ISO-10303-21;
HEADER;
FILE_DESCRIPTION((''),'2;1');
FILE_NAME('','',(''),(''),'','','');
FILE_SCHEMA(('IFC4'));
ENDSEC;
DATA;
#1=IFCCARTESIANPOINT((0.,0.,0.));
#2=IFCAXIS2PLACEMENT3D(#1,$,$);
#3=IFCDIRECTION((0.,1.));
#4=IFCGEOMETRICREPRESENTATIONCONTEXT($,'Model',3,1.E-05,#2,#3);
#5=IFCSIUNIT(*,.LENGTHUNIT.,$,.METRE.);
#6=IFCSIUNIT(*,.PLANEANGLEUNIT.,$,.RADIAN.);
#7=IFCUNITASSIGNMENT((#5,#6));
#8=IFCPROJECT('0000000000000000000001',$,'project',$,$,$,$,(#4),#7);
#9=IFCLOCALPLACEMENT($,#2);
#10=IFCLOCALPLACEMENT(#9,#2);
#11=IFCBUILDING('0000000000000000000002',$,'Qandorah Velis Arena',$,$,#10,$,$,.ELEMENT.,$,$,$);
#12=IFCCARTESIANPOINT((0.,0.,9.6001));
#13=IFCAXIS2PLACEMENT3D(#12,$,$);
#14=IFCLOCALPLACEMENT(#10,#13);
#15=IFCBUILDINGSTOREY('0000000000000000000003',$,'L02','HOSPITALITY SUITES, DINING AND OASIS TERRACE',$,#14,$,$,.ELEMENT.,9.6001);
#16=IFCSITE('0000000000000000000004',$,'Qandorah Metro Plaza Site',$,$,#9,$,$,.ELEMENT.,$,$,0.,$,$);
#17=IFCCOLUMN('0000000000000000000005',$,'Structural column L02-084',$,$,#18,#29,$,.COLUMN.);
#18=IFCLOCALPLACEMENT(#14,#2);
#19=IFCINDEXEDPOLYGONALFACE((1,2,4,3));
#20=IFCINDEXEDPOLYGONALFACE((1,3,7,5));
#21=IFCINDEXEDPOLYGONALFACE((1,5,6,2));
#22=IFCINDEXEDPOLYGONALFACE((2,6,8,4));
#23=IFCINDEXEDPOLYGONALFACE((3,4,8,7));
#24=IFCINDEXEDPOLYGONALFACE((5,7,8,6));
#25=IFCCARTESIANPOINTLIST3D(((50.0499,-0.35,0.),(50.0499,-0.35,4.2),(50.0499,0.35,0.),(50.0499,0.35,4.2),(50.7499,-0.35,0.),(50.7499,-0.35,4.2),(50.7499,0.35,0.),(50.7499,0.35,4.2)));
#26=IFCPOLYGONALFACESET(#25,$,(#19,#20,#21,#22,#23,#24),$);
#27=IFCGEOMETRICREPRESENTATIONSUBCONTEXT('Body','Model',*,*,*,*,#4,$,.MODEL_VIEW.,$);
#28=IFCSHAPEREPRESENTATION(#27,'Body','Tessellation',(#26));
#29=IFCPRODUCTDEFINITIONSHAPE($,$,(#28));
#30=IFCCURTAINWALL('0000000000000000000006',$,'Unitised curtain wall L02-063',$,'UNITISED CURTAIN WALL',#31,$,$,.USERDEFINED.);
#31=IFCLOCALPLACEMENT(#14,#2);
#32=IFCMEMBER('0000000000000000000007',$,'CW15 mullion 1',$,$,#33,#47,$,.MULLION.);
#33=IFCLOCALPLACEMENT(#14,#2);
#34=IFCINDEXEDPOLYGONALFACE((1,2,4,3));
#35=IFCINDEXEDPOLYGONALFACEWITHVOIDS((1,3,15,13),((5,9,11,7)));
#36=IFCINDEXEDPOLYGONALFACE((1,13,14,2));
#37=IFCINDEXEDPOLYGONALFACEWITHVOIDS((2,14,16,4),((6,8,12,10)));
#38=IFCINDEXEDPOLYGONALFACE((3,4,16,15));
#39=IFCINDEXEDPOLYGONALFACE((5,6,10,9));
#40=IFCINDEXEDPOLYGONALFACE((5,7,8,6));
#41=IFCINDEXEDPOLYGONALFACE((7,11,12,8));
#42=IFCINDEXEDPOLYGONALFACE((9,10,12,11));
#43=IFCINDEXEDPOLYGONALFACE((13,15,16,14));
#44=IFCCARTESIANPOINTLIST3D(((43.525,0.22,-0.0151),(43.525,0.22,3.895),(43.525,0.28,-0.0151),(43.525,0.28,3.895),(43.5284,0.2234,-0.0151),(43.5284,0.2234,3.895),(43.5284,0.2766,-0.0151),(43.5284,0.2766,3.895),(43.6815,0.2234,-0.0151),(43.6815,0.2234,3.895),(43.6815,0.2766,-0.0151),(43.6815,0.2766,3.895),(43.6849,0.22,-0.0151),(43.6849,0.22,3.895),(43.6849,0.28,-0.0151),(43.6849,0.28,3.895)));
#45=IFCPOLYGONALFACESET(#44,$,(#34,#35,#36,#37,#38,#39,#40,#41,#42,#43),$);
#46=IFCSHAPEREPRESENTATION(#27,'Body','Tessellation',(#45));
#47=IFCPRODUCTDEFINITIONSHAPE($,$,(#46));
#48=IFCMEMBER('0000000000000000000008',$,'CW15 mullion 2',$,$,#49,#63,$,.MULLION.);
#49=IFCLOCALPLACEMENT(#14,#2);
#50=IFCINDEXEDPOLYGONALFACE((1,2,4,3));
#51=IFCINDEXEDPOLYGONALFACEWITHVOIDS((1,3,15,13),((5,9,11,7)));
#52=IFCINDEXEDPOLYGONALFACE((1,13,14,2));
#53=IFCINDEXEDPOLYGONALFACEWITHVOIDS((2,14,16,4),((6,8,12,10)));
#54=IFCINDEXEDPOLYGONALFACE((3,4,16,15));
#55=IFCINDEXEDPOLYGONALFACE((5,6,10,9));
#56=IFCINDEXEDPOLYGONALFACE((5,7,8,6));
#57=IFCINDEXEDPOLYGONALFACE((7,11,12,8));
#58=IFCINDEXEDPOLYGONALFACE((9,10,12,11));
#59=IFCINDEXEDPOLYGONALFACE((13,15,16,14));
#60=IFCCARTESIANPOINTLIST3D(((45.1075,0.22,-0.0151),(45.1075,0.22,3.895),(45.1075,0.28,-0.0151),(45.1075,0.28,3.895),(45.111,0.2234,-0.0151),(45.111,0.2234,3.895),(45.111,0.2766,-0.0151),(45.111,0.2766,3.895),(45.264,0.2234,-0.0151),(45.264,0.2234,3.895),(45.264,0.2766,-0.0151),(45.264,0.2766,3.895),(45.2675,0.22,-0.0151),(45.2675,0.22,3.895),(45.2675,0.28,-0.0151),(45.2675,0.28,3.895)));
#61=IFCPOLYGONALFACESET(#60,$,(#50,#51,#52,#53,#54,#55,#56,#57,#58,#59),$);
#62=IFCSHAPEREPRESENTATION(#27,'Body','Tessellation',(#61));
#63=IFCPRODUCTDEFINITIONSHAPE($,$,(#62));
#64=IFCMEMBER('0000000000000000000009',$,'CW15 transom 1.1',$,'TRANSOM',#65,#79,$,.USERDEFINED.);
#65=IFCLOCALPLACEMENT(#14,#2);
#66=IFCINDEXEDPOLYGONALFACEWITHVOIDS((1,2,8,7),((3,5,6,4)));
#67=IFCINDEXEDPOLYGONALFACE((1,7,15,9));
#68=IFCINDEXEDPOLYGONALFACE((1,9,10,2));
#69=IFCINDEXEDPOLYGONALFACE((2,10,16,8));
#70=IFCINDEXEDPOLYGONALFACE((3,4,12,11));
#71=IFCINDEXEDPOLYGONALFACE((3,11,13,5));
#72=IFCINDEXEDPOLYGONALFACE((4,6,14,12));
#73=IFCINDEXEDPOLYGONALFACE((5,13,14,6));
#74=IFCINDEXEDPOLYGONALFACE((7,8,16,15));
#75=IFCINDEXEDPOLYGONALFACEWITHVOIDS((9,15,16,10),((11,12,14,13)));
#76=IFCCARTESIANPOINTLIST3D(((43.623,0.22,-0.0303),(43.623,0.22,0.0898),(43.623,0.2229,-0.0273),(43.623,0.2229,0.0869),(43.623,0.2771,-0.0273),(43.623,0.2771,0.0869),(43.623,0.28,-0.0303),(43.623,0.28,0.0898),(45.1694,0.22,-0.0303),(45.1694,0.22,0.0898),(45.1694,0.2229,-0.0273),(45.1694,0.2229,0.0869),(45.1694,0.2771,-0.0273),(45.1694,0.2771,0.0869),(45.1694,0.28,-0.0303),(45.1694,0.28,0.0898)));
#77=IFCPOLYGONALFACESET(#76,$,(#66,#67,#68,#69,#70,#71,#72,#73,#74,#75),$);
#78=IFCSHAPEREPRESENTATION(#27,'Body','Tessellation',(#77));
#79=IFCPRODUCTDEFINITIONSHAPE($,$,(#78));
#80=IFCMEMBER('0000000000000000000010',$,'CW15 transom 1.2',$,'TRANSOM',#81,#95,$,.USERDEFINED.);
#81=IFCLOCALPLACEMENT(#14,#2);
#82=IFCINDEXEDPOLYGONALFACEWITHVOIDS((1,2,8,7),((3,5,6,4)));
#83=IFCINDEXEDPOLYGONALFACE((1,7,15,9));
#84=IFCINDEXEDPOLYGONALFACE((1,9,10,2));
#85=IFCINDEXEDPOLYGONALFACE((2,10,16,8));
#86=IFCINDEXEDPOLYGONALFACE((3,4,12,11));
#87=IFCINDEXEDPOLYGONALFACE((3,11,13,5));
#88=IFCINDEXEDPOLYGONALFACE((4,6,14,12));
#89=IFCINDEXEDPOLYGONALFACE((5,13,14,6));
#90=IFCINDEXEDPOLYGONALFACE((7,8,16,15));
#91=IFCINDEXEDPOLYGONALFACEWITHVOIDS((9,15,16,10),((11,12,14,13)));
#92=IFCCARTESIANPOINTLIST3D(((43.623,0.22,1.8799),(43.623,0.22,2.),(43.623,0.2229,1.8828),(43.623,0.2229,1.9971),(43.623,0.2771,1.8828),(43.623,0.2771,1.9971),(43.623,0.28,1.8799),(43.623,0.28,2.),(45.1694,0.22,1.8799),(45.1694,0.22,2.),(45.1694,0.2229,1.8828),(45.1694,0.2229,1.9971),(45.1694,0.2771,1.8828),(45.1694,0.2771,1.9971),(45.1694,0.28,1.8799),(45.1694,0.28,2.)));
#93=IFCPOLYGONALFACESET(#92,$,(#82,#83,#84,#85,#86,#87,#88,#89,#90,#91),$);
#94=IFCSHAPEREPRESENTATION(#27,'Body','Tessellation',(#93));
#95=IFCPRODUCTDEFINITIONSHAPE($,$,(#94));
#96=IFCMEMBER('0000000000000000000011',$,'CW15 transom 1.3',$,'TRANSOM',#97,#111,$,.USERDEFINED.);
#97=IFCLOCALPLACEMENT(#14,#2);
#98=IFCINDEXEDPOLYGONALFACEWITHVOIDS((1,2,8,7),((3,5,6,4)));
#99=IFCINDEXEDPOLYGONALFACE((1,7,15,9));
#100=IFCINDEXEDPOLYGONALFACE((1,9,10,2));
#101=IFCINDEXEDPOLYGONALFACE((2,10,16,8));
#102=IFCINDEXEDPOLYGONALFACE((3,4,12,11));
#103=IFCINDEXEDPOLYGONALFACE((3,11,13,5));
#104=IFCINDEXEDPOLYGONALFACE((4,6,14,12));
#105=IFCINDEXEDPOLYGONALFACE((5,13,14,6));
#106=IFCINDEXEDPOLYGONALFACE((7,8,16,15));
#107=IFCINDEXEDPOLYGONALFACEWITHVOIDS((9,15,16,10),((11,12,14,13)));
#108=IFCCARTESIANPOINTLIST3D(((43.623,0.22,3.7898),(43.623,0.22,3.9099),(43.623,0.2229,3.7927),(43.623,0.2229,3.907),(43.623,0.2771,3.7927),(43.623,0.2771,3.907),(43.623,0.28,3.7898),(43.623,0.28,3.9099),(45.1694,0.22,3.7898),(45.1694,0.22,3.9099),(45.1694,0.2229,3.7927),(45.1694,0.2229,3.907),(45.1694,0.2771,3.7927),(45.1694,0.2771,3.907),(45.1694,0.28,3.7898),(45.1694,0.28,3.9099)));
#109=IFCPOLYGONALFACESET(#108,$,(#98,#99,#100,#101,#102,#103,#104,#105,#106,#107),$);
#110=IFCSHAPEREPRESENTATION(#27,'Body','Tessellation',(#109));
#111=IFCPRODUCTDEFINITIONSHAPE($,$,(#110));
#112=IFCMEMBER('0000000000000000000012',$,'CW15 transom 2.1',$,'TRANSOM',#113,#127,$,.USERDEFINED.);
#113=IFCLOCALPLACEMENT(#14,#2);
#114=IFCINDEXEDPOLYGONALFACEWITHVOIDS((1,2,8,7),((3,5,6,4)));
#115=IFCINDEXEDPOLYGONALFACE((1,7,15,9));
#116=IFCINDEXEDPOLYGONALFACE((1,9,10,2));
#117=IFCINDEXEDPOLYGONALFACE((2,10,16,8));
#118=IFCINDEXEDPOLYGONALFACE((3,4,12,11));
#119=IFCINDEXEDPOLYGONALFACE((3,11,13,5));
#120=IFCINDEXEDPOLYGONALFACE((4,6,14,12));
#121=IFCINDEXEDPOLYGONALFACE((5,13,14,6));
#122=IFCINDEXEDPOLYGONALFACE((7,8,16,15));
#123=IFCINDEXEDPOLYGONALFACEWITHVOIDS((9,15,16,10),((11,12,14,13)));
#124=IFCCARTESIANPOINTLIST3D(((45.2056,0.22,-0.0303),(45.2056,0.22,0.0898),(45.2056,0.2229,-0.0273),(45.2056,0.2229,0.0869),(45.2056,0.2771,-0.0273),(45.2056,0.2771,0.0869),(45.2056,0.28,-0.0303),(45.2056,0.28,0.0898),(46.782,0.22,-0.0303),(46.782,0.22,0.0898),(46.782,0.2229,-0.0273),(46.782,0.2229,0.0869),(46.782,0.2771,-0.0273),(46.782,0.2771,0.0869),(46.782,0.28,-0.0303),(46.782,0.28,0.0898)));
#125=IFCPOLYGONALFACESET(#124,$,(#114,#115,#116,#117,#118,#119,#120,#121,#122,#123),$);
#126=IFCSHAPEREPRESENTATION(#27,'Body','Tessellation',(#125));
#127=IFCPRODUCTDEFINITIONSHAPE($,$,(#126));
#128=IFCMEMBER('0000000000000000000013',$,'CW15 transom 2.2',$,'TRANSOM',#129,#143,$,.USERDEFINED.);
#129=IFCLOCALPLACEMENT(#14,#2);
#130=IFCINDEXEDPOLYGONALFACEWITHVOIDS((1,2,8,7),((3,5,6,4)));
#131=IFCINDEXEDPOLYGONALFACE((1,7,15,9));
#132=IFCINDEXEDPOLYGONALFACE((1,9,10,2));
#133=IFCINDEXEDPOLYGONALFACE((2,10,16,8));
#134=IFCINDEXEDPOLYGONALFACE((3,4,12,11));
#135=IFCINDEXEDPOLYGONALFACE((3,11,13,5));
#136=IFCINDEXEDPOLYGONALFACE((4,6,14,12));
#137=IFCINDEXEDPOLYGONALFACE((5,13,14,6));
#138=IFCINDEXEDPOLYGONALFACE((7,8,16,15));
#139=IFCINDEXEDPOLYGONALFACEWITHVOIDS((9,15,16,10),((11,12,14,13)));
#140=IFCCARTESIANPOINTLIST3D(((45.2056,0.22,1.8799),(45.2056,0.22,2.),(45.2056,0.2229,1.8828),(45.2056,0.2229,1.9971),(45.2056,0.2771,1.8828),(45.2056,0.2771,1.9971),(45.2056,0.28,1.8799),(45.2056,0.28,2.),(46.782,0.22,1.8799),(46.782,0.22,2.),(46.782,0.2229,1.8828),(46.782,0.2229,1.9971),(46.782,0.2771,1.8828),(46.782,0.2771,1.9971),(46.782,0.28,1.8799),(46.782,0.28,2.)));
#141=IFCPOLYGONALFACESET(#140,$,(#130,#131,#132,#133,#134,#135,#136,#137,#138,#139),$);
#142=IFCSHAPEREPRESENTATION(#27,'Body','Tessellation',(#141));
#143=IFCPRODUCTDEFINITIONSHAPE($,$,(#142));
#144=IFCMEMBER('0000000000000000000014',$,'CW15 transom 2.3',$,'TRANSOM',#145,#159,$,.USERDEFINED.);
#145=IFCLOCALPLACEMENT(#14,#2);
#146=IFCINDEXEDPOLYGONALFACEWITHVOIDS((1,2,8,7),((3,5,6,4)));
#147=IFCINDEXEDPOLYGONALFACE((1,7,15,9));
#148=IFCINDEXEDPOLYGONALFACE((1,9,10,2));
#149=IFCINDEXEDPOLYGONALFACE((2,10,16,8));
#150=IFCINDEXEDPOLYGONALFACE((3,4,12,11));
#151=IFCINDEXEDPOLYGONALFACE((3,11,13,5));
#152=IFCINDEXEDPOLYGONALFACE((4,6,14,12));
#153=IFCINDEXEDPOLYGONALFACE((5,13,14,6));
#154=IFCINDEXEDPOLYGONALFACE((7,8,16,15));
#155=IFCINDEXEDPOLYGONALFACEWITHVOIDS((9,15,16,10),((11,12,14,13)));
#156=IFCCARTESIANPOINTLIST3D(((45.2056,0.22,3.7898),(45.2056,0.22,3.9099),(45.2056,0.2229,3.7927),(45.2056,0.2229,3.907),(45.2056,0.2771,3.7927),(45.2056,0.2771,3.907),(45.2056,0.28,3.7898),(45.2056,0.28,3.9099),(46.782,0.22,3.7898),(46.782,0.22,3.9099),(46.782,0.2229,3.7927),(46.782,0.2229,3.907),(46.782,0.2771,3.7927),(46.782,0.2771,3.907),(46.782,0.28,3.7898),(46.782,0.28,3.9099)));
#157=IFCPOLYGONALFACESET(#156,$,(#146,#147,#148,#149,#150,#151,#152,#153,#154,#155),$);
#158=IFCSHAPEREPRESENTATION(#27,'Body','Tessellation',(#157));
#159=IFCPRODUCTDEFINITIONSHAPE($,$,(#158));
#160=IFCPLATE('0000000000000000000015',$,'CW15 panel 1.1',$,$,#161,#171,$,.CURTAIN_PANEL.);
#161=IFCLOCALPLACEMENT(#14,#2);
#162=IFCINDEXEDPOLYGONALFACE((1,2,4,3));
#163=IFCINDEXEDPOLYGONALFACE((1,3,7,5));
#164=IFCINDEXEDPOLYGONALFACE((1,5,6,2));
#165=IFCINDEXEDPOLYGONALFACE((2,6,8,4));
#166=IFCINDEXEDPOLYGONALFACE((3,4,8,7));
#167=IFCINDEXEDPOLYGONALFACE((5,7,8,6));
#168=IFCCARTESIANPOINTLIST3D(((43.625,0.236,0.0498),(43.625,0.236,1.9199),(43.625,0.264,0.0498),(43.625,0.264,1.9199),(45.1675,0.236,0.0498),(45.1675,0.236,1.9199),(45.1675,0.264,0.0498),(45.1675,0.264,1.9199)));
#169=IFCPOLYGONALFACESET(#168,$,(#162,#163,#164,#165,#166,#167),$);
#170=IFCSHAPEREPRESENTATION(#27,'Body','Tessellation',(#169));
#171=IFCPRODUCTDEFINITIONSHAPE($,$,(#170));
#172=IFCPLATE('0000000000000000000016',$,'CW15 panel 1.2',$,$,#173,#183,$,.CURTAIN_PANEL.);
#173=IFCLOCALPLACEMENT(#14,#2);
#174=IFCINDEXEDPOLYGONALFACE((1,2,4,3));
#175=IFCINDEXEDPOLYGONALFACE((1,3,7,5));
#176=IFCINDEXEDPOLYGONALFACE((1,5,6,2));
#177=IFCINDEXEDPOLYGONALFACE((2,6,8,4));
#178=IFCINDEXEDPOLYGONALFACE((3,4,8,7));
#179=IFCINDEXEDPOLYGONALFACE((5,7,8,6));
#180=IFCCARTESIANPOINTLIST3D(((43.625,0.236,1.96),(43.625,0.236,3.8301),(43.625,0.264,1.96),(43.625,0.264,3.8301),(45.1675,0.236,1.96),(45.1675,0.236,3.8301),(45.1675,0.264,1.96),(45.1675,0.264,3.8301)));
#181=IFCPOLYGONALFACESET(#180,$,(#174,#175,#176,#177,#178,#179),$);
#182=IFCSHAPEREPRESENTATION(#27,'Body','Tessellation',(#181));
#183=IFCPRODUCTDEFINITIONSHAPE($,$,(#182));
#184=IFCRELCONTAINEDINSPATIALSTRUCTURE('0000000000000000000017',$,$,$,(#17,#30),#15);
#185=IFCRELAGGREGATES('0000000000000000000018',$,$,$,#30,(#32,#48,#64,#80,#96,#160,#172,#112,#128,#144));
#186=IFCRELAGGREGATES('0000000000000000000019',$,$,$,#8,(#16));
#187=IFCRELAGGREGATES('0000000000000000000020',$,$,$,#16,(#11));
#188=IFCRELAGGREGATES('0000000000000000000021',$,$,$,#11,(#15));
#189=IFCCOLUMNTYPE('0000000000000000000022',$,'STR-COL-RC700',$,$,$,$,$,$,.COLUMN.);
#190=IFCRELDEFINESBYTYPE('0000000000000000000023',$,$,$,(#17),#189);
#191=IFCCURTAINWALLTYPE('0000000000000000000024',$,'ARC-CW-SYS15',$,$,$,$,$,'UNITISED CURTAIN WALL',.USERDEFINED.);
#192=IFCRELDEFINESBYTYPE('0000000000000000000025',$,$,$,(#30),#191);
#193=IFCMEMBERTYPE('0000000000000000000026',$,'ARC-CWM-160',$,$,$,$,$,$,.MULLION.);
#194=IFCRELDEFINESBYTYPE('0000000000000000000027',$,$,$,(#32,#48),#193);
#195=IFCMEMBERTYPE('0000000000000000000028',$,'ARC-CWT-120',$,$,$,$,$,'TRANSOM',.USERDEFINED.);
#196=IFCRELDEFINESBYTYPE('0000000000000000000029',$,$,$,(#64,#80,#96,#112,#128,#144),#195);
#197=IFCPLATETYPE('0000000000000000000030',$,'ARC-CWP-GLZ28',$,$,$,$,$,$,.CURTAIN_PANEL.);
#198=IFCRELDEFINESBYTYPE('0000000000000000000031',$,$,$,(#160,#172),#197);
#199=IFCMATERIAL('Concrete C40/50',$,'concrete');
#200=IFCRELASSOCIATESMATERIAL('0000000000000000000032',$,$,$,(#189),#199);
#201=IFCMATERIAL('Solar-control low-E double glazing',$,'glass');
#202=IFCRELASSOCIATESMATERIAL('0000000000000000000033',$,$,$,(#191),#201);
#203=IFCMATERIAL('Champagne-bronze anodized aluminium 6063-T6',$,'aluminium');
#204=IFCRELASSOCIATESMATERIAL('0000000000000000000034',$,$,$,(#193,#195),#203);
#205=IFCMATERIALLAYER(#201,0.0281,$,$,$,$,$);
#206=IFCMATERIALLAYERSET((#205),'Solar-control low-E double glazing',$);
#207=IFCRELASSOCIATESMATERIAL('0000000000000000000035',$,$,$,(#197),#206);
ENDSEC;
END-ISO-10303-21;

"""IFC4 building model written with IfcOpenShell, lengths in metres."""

from ifc_helpers import new_model, si_unit, direction, frame, origin, origin_2d, place, context, subcontext, project, spatial, rectangle, hollow_rectangle, extrude, material, layer, layer_set, material_profile, profile_set, type_object, element, aggregate, save


model = new_model("IFC4")

# Units and contexts
model_context = context("Model", 3, precision=1e-05, world=origin(), true_north=direction((0.0, 1.0)))
body_context = subcontext(model_context, "Body", "Model", "MODEL_VIEW")
ifc_project = project(units=[si_unit("LENGTHUNIT", "METRE"), si_unit("PLANEANGLEUNIT", "RADIAN")], contexts=[model_context])

# Site, building, storey
site_placement = place(None, origin())
site = spatial("IfcSite", under=ifc_project, at=site_placement, Name="Qandorah Metro Plaza Site", CompositionType="ELEMENT", RefElevation=0.0)
building_placement = place(site_placement, origin())
building = spatial("IfcBuilding", under=site, at=building_placement, Name="Qandorah Velis Arena", CompositionType="ELEMENT")
storey_placement = place(building_placement, frame((0.0, 0.0, 9.6001)))
storey = spatial("IfcBuildingStorey", under=building, at=storey_placement, Name="L02", Description="HOSPITALITY SUITES, DINING AND OASIS TERRACE", CompositionType="ELEMENT", Elevation=9.6001)

# Column
ifc_material_1 = material(Name="Concrete C40/50", Category="concrete")
ifc_material_profile_1 = material_profile(ifc_material_1, rectangle(XDim=0.7, YDim=0.7, at=origin_2d()), Name="RC COL 700x700")
ifc_profile_set_1 = profile_set([ifc_material_profile_1], Name="Concrete C40/50")
column_type = type_object("IfcColumnType", Name="STR-COL-RC700", PredefinedType="COLUMN", material=ifc_profile_set_1)
column_placement = place(storey_placement, frame((50.3999, 0.0, 0.0), z_axis=(0.0, 0.0, 1.0), x_axis=(1.0, 0.0, 0.0)))
element("IfcColumn", 1, at=column_placement, inside=storey, type_object=column_type, Name="Structural column L02-084", PredefinedType="COLUMN", context=body_context, shape_type="SweptSolid", body=[
    extrude(rectangle(XDim=0.7, YDim=0.7, at=origin_2d()), origin(), (0.0, 0.0, 1.0), 4.2),
])

# Curtain wall, members, plates
ifc_material_2 = material(Name="Solar-control low-E double glazing", Category="glass")
curtain_wall_type = type_object("IfcCurtainWallType", Name="ARC-CW-SYS15", ElementType="UNITISED CURTAIN WALL", PredefinedType="USERDEFINED", material=ifc_material_2)
curtain_wall_placement = place(storey_placement, origin())
curtain_wall = element("IfcCurtainWall", 2, at=curtain_wall_placement, inside=storey, type_object=curtain_wall_type, Name="Unitised curtain wall L02-063", ObjectType="UNITISED CURTAIN WALL", PredefinedType="USERDEFINED")
ifc_material_3 = material(Name="Champagne-bronze anodized aluminium 6063-T6", Category="aluminium")
ifc_material_profile_2 = material_profile(ifc_material_3, hollow_rectangle(XDim=0.0601, YDim=0.1599, WallThickness=0.0034, at=origin_2d()), Name="ALU MULLION 60x160")
ifc_profile_set_2 = profile_set([ifc_material_profile_2], Name="Champagne-bronze anodized aluminium 6063-T6")
member_type_1 = type_object("IfcMemberType", Name="ARC-CWM-160", PredefinedType="MULLION", material=ifc_profile_set_2)
member_1_placement = place(storey_placement, frame((43.605, 0.25, -0.0151), z_axis=(0.0, 0.0, 1.0), x_axis=(0.0, 1.0, 0.0)))
member_1 = element("IfcMember", 3, at=member_1_placement, type_object=member_type_1, Name="CW15 mullion 1", PredefinedType="MULLION", context=body_context, shape_type="SweptSolid", body=[
    extrude(hollow_rectangle(XDim=0.0601, YDim=0.1599, WallThickness=0.0034, at=origin_2d()), origin(), (0.0, 0.0, 1.0), 3.9102),
])
member_2_placement = place(storey_placement, frame((45.1875, 0.25, -0.0151), z_axis=(0.0, 0.0, 1.0), x_axis=(0.0, 1.0, 0.0)))
member_2 = element("IfcMember", 4, at=member_2_placement, type_object=member_type_1, Name="CW15 mullion 2", PredefinedType="MULLION", context=body_context, shape_type="SweptSolid", body=[
    extrude(hollow_rectangle(XDim=0.0601, YDim=0.1599, WallThickness=0.0034, at=origin_2d()), origin(), (0.0, 0.0, 1.0), 3.9102),
])
ifc_material_profile_3 = material_profile(ifc_material_3, hollow_rectangle(XDim=0.0601, YDim=0.1201, WallThickness=0.0029, at=origin_2d()), Name="ALU TRANSOM 60x120")
ifc_profile_set_3 = profile_set([ifc_material_profile_3], Name="Champagne-bronze anodized aluminium 6063-T6")
member_type_2 = type_object("IfcMemberType", Name="ARC-CWT-120", ElementType="TRANSOM", PredefinedType="USERDEFINED", material=ifc_profile_set_3)
member_3_placement = place(storey_placement, frame((43.623, 0.25, 0.0298), z_axis=(1.0, 0.0, 0.0), x_axis=(0.0, 1.0, 0.0)))
member_3 = element("IfcMember", 5, at=member_3_placement, type_object=member_type_2, Name="CW15 transom 1.1", ObjectType="TRANSOM", PredefinedType="USERDEFINED", context=body_context, shape_type="SweptSolid", body=[
    extrude(hollow_rectangle(XDim=0.0601, YDim=0.1201, WallThickness=0.0029, at=origin_2d()), origin(), (0.0, 0.0, 1.0), 1.5464),
])
member_4_placement = place(storey_placement, frame((43.623, 0.25, 1.9399), z_axis=(1.0, 0.0, 0.0), x_axis=(0.0, 1.0, 0.0)))
member_4 = element("IfcMember", 6, at=member_4_placement, type_object=member_type_2, Name="CW15 transom 1.2", ObjectType="TRANSOM", PredefinedType="USERDEFINED", context=body_context, shape_type="SweptSolid", body=[
    extrude(hollow_rectangle(XDim=0.0601, YDim=0.1201, WallThickness=0.0029, at=origin_2d()), origin(), (0.0, 0.0, 1.0), 1.5464),
])
member_5_placement = place(storey_placement, frame((43.623, 0.25, 3.8499), z_axis=(1.0, 0.0, 0.0), x_axis=(0.0, 1.0, 0.0)))
member_5 = element("IfcMember", 7, at=member_5_placement, type_object=member_type_2, Name="CW15 transom 1.3", ObjectType="TRANSOM", PredefinedType="USERDEFINED", context=body_context, shape_type="SweptSolid", body=[
    extrude(hollow_rectangle(XDim=0.0601, YDim=0.1201, WallThickness=0.0029, at=origin_2d()), origin(), (0.0, 0.0, 1.0), 1.5464),
])
member_6_placement = place(storey_placement, frame((45.2056, 0.25, 0.0298), z_axis=(1.0, 0.0, 0.0), x_axis=(0.0, 1.0, 0.0)))
member_6 = element("IfcMember", 8, at=member_6_placement, type_object=member_type_2, Name="CW15 transom 2.1", ObjectType="TRANSOM", PredefinedType="USERDEFINED", context=body_context, shape_type="SweptSolid", body=[
    extrude(hollow_rectangle(XDim=0.0601, YDim=0.1201, WallThickness=0.0029, at=origin_2d()), origin(), (0.0, 0.0, 1.0), 1.5764),
])
member_7_placement = place(storey_placement, frame((45.2056, 0.25, 1.9399), z_axis=(1.0, 0.0, 0.0), x_axis=(0.0, 1.0, 0.0)))
member_7 = element("IfcMember", 9, at=member_7_placement, type_object=member_type_2, Name="CW15 transom 2.2", ObjectType="TRANSOM", PredefinedType="USERDEFINED", context=body_context, shape_type="SweptSolid", body=[
    extrude(hollow_rectangle(XDim=0.0601, YDim=0.1201, WallThickness=0.0029, at=origin_2d()), origin(), (0.0, 0.0, 1.0), 1.5764),
])
member_8_placement = place(storey_placement, frame((45.2056, 0.25, 3.8499), z_axis=(1.0, 0.0, 0.0), x_axis=(0.0, 1.0, 0.0)))
member_8 = element("IfcMember", 10, at=member_8_placement, type_object=member_type_2, Name="CW15 transom 2.3", ObjectType="TRANSOM", PredefinedType="USERDEFINED", context=body_context, shape_type="SweptSolid", body=[
    extrude(hollow_rectangle(XDim=0.0601, YDim=0.1201, WallThickness=0.0029, at=origin_2d()), origin(), (0.0, 0.0, 1.0), 1.5764),
])
ifc_layer_1 = layer(ifc_material_2, 0.0281)
ifc_layer_set_1 = layer_set([ifc_layer_1], Name="Solar-control low-E double glazing")
plate_type = type_object("IfcPlateType", Name="ARC-CWP-GLZ28", PredefinedType="CURTAIN_PANEL", material=ifc_layer_set_1)
plate_1_placement = place(storey_placement, frame((44.3962, 0.25, 0.0498), z_axis=(0.0, 0.0, 1.0), x_axis=(1.0, 0.0, 0.0)))
plate_1 = element("IfcPlate", 11, at=plate_1_placement, type_object=plate_type, Name="CW15 panel 1.1", PredefinedType="CURTAIN_PANEL", context=body_context, shape_type="SweptSolid", body=[
    extrude(rectangle(XDim=1.5425, YDim=0.0281, at=origin_2d()), origin(), (0.0, 0.0, 1.0), 1.8701),
])
plate_2_placement = place(storey_placement, frame((44.3962, 0.25, 1.96), z_axis=(0.0, 0.0, 1.0), x_axis=(1.0, 0.0, 0.0)))
plate_2 = element("IfcPlate", 12, at=plate_2_placement, type_object=plate_type, Name="CW15 panel 1.2", PredefinedType="CURTAIN_PANEL", context=body_context, shape_type="SweptSolid", body=[
    extrude(rectangle(XDim=1.5425, YDim=0.0281, at=origin_2d()), origin(), (0.0, 0.0, 1.0), 1.8701),
])
aggregate(curtain_wall, [member_1, member_2, member_3, member_4, member_5, plate_1, plate_2, member_6, member_7, member_8])

save(model, "model.ifc")
